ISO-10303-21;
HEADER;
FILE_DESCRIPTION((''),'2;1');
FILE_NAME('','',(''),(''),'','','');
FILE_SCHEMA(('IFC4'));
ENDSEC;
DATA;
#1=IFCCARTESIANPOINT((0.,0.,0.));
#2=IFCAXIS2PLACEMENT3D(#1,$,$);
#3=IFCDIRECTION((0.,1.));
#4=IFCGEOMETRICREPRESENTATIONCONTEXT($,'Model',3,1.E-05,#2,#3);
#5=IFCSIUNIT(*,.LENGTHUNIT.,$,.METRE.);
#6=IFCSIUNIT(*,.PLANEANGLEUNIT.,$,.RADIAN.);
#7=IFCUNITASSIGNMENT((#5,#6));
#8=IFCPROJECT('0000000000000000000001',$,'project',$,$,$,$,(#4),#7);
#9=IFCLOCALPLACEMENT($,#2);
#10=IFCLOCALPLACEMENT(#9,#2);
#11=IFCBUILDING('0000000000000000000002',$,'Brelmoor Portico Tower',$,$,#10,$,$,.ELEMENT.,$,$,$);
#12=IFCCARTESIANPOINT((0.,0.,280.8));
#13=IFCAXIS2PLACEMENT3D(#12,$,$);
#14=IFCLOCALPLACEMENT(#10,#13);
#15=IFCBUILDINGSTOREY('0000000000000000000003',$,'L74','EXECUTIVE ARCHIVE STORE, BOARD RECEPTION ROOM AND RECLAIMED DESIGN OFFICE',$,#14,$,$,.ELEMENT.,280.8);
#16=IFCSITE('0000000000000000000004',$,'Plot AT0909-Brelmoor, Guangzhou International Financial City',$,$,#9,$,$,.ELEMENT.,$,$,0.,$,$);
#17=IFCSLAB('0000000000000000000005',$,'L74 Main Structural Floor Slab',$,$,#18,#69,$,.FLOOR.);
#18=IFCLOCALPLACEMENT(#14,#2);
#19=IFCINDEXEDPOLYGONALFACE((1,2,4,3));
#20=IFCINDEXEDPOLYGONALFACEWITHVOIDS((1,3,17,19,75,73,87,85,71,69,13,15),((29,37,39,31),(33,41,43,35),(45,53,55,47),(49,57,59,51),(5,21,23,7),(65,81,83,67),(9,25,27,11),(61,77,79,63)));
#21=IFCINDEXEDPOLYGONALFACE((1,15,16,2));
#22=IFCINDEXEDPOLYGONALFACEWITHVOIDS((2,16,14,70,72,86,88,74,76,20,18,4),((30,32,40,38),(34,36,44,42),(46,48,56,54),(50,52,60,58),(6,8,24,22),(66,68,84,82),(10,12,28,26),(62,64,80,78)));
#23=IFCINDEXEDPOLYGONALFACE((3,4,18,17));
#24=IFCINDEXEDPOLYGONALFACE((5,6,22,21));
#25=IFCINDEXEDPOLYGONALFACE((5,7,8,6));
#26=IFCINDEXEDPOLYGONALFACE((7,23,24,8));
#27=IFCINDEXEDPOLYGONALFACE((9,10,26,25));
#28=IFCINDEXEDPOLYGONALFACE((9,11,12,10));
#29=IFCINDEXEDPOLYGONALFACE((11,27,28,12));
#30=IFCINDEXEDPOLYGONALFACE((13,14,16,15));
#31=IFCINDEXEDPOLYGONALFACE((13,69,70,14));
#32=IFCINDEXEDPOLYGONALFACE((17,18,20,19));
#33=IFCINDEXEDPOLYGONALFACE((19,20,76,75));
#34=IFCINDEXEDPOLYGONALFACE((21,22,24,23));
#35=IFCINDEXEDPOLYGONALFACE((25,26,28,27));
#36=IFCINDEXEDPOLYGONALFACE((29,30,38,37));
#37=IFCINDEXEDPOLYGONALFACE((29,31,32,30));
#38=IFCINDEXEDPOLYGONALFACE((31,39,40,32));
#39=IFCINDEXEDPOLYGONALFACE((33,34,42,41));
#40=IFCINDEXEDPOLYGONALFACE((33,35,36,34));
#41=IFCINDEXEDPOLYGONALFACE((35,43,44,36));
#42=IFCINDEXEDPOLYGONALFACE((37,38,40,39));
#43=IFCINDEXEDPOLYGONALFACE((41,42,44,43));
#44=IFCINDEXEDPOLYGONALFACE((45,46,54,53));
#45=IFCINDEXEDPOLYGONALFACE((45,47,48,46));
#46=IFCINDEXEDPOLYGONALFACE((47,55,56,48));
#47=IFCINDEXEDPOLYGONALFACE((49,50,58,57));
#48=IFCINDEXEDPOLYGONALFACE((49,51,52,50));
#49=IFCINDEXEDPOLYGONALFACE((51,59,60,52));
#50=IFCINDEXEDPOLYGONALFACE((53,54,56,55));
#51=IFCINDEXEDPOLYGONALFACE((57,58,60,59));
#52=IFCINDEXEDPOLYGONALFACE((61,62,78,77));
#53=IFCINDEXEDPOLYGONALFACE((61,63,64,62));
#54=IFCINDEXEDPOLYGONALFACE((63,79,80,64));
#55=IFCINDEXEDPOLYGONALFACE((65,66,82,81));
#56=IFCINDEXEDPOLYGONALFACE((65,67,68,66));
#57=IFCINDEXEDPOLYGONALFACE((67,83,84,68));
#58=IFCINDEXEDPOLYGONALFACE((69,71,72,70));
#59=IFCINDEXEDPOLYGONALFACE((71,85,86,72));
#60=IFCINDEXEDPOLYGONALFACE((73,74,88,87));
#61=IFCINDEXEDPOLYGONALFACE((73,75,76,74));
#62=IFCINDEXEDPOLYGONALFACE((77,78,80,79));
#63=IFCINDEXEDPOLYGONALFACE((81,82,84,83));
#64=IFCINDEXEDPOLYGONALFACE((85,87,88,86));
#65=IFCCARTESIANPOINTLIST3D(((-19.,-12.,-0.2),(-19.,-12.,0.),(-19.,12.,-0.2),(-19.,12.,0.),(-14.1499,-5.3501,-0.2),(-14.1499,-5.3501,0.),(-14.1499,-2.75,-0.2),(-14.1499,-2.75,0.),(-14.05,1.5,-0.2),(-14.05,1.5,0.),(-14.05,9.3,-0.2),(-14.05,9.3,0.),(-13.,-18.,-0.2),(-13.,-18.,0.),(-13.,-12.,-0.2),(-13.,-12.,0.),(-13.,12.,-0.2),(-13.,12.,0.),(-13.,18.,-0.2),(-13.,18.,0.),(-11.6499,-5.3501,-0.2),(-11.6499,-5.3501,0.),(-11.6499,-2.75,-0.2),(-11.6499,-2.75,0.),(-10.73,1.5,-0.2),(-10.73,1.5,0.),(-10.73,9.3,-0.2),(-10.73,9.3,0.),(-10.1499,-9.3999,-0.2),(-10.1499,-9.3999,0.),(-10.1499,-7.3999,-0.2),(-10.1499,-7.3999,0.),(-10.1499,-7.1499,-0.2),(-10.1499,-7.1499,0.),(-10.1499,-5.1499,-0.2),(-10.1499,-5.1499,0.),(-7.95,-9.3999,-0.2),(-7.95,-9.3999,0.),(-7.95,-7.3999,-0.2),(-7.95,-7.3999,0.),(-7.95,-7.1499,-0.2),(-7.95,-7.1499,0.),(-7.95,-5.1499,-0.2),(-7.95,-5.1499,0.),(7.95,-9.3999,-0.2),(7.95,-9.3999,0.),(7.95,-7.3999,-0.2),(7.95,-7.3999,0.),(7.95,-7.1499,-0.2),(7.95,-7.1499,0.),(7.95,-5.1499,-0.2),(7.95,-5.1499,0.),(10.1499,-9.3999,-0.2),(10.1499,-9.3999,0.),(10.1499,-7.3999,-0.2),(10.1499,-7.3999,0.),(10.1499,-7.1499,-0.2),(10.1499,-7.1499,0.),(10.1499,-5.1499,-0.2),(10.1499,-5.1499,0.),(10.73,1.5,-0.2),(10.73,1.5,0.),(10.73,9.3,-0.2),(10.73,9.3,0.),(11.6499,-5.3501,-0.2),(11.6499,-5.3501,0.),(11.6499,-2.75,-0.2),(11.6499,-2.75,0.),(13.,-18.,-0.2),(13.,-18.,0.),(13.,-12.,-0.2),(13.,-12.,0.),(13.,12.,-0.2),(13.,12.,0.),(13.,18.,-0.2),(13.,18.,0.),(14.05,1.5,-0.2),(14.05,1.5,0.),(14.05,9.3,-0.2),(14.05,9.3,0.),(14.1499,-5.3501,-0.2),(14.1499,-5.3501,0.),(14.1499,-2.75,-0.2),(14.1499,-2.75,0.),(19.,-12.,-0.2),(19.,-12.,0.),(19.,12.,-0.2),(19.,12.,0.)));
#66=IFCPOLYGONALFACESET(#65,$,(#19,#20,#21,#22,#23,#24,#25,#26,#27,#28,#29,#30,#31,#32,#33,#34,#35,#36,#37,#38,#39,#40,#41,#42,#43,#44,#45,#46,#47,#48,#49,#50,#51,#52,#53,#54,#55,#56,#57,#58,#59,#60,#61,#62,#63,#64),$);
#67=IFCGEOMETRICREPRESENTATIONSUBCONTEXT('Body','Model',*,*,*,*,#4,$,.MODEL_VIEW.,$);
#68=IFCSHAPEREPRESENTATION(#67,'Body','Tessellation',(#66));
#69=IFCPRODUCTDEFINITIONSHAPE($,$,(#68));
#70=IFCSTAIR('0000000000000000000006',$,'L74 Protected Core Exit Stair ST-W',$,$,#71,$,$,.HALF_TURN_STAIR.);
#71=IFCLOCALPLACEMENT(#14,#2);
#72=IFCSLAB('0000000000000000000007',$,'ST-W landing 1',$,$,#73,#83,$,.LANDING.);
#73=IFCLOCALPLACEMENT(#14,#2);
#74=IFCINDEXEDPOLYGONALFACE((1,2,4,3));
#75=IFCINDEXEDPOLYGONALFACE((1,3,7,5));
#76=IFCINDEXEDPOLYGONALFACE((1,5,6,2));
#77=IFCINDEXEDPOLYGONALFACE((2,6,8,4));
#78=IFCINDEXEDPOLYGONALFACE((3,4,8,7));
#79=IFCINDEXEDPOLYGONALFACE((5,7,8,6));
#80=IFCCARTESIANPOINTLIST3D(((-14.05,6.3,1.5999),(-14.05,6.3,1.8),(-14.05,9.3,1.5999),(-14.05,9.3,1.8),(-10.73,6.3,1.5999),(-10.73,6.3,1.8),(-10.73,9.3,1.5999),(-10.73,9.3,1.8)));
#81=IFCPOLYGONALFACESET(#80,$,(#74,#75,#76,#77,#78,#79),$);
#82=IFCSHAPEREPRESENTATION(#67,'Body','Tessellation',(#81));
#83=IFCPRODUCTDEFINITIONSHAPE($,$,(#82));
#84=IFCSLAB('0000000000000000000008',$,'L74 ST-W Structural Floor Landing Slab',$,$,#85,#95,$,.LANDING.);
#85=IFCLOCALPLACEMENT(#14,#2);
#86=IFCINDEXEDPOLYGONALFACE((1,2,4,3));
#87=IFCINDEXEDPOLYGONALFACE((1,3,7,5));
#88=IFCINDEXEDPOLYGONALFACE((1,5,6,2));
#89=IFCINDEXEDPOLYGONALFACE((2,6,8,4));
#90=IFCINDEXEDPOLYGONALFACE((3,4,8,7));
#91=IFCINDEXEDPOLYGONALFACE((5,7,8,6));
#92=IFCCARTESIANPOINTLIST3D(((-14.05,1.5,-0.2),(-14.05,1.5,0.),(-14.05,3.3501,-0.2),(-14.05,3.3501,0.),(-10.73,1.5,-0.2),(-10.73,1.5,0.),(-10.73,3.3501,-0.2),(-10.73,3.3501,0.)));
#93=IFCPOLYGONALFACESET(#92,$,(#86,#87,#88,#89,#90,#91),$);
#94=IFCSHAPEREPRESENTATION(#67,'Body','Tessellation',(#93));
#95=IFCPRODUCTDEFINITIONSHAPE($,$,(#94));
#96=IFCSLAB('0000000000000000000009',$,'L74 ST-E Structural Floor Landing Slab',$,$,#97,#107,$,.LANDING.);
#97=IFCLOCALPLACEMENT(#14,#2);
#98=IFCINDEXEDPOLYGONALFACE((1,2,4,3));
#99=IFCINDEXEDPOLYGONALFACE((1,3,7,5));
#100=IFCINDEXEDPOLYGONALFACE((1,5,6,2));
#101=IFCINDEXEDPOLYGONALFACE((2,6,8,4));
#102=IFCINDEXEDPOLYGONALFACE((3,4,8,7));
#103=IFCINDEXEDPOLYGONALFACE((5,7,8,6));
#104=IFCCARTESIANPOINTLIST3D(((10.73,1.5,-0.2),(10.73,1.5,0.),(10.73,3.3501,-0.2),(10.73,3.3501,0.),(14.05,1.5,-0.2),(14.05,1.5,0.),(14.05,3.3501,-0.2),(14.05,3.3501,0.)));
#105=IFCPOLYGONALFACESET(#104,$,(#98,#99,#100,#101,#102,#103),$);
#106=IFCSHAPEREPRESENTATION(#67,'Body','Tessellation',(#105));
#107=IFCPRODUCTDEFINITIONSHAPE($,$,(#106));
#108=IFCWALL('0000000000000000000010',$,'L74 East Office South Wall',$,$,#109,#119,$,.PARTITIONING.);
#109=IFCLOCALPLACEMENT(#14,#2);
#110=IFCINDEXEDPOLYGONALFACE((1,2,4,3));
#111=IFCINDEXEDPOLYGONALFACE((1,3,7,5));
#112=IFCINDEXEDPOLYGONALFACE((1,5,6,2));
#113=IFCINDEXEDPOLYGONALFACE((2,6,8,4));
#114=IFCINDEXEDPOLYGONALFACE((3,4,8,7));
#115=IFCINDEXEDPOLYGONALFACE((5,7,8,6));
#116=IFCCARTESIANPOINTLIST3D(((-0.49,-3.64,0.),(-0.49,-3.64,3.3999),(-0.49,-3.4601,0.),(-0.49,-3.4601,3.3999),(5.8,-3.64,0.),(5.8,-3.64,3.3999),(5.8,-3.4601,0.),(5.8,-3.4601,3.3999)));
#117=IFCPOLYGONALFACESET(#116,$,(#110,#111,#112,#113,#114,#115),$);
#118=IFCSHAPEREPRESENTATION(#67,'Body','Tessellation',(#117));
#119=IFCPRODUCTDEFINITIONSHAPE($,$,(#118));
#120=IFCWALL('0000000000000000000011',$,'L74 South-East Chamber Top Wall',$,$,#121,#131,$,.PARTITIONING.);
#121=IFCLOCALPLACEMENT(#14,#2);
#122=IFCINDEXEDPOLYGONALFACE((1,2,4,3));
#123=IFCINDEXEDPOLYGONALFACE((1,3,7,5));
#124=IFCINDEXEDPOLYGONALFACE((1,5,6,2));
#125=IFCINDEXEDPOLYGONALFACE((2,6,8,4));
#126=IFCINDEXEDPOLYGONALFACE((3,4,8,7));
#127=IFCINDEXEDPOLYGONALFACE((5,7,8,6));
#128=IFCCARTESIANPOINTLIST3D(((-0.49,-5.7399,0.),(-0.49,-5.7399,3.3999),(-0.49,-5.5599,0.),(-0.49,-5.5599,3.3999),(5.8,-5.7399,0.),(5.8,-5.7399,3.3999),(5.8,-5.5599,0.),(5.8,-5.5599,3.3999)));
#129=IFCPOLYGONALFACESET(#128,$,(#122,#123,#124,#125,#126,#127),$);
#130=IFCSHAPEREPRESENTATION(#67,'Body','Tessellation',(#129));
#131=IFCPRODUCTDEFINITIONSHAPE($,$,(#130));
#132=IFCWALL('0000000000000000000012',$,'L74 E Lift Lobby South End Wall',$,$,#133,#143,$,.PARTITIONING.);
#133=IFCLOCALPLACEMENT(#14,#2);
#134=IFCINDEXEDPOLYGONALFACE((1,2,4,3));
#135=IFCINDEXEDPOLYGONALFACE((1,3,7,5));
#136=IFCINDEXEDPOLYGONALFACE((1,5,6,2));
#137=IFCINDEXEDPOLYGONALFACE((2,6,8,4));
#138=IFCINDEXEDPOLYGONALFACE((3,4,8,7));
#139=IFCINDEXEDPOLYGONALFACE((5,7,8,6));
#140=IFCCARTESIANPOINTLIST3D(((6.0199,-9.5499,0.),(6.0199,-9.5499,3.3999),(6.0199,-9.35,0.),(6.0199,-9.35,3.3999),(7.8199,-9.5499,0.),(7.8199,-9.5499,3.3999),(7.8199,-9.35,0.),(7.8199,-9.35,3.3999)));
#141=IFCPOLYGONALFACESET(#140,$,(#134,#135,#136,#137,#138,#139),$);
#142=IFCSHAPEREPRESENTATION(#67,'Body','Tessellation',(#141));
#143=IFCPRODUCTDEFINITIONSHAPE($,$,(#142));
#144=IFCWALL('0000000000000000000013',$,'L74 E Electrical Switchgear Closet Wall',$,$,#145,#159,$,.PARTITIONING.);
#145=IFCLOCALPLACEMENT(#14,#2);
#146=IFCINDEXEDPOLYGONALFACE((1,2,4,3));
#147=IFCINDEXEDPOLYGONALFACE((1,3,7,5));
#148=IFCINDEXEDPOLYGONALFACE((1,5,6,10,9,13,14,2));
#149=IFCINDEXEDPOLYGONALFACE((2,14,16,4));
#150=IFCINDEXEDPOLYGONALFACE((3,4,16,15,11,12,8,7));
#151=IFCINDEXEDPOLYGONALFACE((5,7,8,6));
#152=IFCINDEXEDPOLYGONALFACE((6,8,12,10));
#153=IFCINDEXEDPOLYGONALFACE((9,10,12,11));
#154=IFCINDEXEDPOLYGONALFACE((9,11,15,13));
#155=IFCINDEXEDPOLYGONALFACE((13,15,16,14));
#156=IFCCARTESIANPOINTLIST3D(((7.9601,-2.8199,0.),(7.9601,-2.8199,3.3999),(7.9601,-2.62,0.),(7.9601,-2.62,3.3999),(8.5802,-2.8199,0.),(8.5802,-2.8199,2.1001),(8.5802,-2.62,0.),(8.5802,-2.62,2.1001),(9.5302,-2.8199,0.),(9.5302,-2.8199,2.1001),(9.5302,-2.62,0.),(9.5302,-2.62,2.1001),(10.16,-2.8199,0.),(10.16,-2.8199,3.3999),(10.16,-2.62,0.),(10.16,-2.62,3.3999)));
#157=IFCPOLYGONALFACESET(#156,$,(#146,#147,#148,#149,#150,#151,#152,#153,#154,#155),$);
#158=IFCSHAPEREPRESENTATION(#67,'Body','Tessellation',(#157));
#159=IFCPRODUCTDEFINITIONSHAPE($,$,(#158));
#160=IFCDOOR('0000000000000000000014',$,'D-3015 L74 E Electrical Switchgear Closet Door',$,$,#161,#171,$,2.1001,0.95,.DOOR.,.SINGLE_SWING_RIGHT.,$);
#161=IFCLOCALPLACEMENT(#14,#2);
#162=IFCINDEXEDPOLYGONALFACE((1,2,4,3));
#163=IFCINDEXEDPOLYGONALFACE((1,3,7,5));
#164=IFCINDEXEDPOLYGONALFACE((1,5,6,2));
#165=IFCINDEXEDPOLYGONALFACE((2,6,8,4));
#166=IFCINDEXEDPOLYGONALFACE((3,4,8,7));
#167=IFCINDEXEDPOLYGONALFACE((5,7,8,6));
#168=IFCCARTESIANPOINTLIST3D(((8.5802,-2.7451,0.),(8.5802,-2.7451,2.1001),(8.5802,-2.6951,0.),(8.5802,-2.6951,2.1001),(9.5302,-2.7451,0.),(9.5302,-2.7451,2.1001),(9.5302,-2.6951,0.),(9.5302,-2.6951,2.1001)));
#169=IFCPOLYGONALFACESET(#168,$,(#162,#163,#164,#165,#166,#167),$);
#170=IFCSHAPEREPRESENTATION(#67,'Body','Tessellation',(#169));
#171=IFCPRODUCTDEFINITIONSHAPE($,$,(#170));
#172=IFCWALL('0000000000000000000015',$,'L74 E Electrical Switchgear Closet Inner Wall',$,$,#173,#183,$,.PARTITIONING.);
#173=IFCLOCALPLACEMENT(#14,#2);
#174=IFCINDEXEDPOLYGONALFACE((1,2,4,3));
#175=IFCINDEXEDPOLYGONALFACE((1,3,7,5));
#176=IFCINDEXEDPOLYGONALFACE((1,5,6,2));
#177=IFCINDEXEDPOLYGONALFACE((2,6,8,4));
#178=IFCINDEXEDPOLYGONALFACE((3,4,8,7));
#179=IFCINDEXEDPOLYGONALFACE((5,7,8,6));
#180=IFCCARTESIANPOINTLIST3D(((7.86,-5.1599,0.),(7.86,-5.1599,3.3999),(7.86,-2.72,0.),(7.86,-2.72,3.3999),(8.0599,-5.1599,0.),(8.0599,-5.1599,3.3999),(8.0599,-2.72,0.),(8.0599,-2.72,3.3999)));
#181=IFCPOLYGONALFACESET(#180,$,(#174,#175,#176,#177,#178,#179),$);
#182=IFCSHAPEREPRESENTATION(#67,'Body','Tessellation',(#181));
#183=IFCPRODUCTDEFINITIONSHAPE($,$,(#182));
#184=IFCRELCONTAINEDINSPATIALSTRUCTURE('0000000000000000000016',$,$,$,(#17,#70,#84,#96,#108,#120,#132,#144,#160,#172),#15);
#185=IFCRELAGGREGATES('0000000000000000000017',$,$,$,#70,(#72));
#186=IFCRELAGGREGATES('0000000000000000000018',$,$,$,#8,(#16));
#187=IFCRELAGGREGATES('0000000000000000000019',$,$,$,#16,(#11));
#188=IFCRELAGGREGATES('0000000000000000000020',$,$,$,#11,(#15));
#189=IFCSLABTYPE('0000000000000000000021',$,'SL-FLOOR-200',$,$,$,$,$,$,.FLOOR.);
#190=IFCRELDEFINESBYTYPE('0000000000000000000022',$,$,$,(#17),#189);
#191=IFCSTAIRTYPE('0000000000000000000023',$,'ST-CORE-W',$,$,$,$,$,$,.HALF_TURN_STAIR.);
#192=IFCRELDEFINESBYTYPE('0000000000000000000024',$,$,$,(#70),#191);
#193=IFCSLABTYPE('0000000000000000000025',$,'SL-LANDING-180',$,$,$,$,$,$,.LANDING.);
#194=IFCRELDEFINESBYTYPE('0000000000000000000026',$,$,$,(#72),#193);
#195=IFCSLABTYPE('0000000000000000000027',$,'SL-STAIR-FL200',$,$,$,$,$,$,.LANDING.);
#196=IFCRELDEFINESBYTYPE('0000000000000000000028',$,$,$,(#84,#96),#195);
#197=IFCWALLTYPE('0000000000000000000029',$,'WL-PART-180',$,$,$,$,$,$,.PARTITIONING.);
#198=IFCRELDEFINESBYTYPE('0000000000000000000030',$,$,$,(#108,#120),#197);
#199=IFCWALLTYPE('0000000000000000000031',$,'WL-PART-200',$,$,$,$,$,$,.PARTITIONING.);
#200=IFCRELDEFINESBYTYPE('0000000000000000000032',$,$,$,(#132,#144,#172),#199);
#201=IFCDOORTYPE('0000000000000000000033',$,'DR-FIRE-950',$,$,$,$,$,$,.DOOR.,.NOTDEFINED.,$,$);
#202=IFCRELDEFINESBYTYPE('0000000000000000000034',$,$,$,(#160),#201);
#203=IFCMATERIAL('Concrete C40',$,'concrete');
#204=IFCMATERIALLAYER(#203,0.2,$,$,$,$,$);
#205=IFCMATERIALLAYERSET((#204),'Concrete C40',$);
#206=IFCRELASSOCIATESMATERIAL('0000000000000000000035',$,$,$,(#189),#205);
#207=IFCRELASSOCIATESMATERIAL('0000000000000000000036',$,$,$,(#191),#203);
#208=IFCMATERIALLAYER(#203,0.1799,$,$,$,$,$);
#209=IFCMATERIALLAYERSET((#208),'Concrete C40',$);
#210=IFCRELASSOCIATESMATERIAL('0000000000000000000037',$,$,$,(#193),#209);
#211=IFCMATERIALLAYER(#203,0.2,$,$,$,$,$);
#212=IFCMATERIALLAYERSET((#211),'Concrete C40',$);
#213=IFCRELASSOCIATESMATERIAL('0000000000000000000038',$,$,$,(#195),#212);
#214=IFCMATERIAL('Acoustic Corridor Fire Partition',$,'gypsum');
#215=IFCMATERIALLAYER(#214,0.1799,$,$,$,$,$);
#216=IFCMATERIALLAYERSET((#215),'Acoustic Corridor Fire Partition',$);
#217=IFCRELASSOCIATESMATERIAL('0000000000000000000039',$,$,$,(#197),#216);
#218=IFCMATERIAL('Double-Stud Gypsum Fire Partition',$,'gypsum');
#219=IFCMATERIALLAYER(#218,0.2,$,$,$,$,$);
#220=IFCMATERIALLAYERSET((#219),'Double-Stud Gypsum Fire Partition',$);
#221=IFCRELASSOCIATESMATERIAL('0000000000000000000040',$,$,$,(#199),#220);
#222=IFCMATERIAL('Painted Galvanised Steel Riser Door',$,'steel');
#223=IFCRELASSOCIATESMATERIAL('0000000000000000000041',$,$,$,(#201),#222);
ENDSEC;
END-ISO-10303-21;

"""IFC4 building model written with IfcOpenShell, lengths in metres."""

from ifc_helpers import new_model, si_unit, direction, frame, frame_2d, origin, place, context, subcontext, project, spatial, polyline, rectangle, outline, extrude, material, layer, layer_set, type_object, element, fill, aggregate, save


model = new_model("IFC4")

# Units and contexts
model_context = context("Model", 3, precision=1e-05, world=origin(), true_north=direction((0.0, 1.0)))
body_context = subcontext(model_context, "Body", "Model", "MODEL_VIEW")
ifc_project = project(units=[si_unit("LENGTHUNIT", "METRE"), si_unit("PLANEANGLEUNIT", "RADIAN")], contexts=[model_context])

# Site, building, storey
site_placement = place(None, origin())
site = spatial("IfcSite", under=ifc_project, at=site_placement, Name="Plot AT0909-Brelmoor, Guangzhou International Financial City", CompositionType="ELEMENT", RefElevation=0.0)
building_placement = place(site_placement, origin())
building = spatial("IfcBuilding", under=site, at=building_placement, Name="Brelmoor Portico Tower", CompositionType="ELEMENT")
storey_placement = place(building_placement, frame((0.0, 0.0, 280.8)))
storey = spatial("IfcBuildingStorey", under=building, at=storey_placement, Name="L74", Description="EXECUTIVE ARCHIVE STORE, BOARD RECEPTION ROOM AND RECLAIMED DESIGN OFFICE", CompositionType="ELEMENT", Elevation=280.8)

# Slab
ifc_material_1 = material(Name="Concrete C40", Category="concrete")
ifc_layer_1 = layer(ifc_material_1, 0.2)
ifc_layer_set_1 = layer_set([ifc_layer_1], Name="Concrete C40")
slab_type_1 = type_object("IfcSlabType", Name="SL-FLOOR-200", PredefinedType="FLOOR", material=ifc_layer_set_1)
slab_1_placement = place(storey_placement, frame((0.0, 0.0, -0.2)))
element("IfcSlab", 1, at=slab_1_placement, inside=storey, type_object=slab_type_1, Name="L74 Main Structural Floor Slab", PredefinedType="FLOOR", context=body_context, shape_type="SweptSolid", body=[
    extrude(outline(polyline([(-13.0, -18.0), (13.0, -18.0), (13.0, -12.0), (19.0, -12.0), (19.0, 12.0), (13.0, 12.0), (13.0, 18.0), (-13.0, 18.0), (-13.0, 12.0), (-19.0, 12.0), (-19.0, -12.0), (-13.0, -12.0), (-13.0, -18.0)]), holes=[polyline([(-10.73, 1.5), (-10.73, 9.3), (-14.05, 9.3), (-14.05, 1.5), (-10.73, 1.5)]), polyline([(14.05, 1.5), (14.05, 9.3), (10.73, 9.3), (10.73, 1.5), (14.05, 1.5)]), polyline([(-10.1499, -9.3999), (-7.95, -9.3999), (-7.95, -7.3999), (-10.1499, -7.3999), (-10.1499, -9.3999)]), polyline([(-10.1499, -7.1499), (-7.95, -7.1499), (-7.95, -5.1499), (-10.1499, -5.1499), (-10.1499, -7.1499)]), polyline([(7.95, -9.3999), (10.1499, -9.3999), (10.1499, -7.3999), (7.95, -7.3999), (7.95, -9.3999)]), polyline([(7.95, -7.1499), (10.1499, -7.1499), (10.1499, -5.1499), (7.95, -5.1499), (7.95, -7.1499)]), polyline([(-14.1499, -5.3501), (-11.6499, -5.3501), (-11.6499, -2.75), (-14.1499, -2.75), (-14.1499, -5.3501)]), polyline([(11.6499, -5.3501), (14.1499, -5.3501), (14.1499, -2.75), (11.6499, -2.75), (11.6499, -5.3501)])]), origin(), (0.0, 0.0, 1.0), 0.2),
])

# Stair, slab
stair_type = type_object("IfcStairType", Name="ST-CORE-W", PredefinedType="HALF_TURN_STAIR", material=ifc_material_1)
stair_placement = place(storey_placement, origin())
stair = element("IfcStair", 2, at=stair_placement, inside=storey, type_object=stair_type, Name="L74 Protected Core Exit Stair ST-W", PredefinedType="HALF_TURN_STAIR")
ifc_layer_2 = layer(ifc_material_1, 0.1799)
ifc_layer_set_2 = layer_set([ifc_layer_2], Name="Concrete C40")
slab_type_2 = type_object("IfcSlabType", Name="SL-LANDING-180", PredefinedType="LANDING", material=ifc_layer_set_2)
slab_2_placement = place(storey_placement, frame((0.0, 0.0, 1.5999)))
slab_2 = element("IfcSlab", 3, at=slab_2_placement, type_object=slab_type_2, Name="ST-W landing 1", PredefinedType="LANDING", context=body_context, shape_type="SweptSolid", body=[
    extrude(outline(polyline([(-10.73, 6.3), (-10.73, 9.3), (-14.05, 9.3), (-14.05, 6.3), (-10.73, 6.3)])), origin(), (0.0, 0.0, 1.0), 0.2002),
])
aggregate(stair, [slab_2])

# Slabs
ifc_layer_3 = layer(ifc_material_1, 0.2)
ifc_layer_set_3 = layer_set([ifc_layer_3], Name="Concrete C40")
slab_type_3 = type_object("IfcSlabType", Name="SL-STAIR-FL200", PredefinedType="LANDING", material=ifc_layer_set_3)
slab_3_placement = place(storey_placement, frame((0.0, 0.0, -0.2)))
element("IfcSlab", 4, at=slab_3_placement, inside=storey, type_object=slab_type_3, Name="L74 ST-W Structural Floor Landing Slab", PredefinedType="LANDING", context=body_context, shape_type="SweptSolid", body=[
    extrude(outline(polyline([(-10.73, 1.5), (-10.73, 3.3501), (-14.05, 3.3501), (-14.05, 1.5), (-10.73, 1.5)])), origin(), (0.0, 0.0, 1.0), 0.2),
])
slab_4_placement = place(storey_placement, frame((0.0, 0.0, -0.2)))
element("IfcSlab", 5, at=slab_4_placement, inside=storey, type_object=slab_type_3, Name="L74 ST-E Structural Floor Landing Slab", PredefinedType="LANDING", context=body_context, shape_type="SweptSolid", body=[
    extrude(outline(polyline([(14.05, 1.5), (14.05, 3.3501), (10.73, 3.3501), (10.73, 1.5), (14.05, 1.5)])), origin(), (0.0, 0.0, 1.0), 0.2),
])

# Walls
ifc_material_2 = material(Name="Acoustic Corridor Fire Partition", Category="gypsum")
ifc_layer_4 = layer(ifc_material_2, 0.1799)
ifc_layer_set_4 = layer_set([ifc_layer_4], Name="Acoustic Corridor Fire Partition")
wall_type_1 = type_object("IfcWallType", Name="WL-PART-180", PredefinedType="PARTITIONING", material=ifc_layer_set_4)
for number, where, z_axis, x_axis, name in (
    (6, (-0.49, -3.55, 0.0), (0.0, 0.0, 1.0), (1.0, 0.0, 0.0), "L74 East Office South Wall"),
    (7, (-0.49, -5.6499, 0.0), (0.0, 0.0, 1.0), (1.0, 0.0, 0.0), "L74 South-East Chamber Top Wall"),
):
    element("IfcWall", number, at=place(storey_placement, frame(where, z_axis=z_axis, x_axis=x_axis)), inside=storey, type_object=wall_type_1, Name=name, PredefinedType="PARTITIONING", context=body_context, shape_type="SweptSolid", body=[
        extrude(rectangle(XDim=6.29, YDim=0.1799, at=frame_2d((3.145, 0.0))), origin(), (0.0, 0.0, 1.0), 3.3999),
    ])
ifc_material_3 = material(Name="Double-Stud Gypsum Fire Partition", Category="gypsum")
ifc_layer_5 = layer(ifc_material_3, 0.2)
ifc_layer_set_5 = layer_set([ifc_layer_5], Name="Double-Stud Gypsum Fire Partition")
wall_type_2 = type_object("IfcWallType", Name="WL-PART-200", PredefinedType="PARTITIONING", material=ifc_layer_set_5)
wall_1_placement = place(storey_placement, frame((6.02, -9.45, 0.0), z_axis=(0.0, 0.0, 1.0), x_axis=(1.0, 0.0, 0.0)))
element("IfcWall", 8, at=wall_1_placement, inside=storey, type_object=wall_type_2, Name="L74 E Lift Lobby South End Wall", PredefinedType="PARTITIONING", context=body_context, shape_type="SweptSolid", body=[
    extrude(rectangle(XDim=1.8, YDim=0.2, at=frame_2d((0.8999, 0.0))), origin(), (0.0, 0.0, 1.0), 3.3999),
])

# Wall, opening, door
wall_2_placement = place(storey_placement, frame((7.96, -2.72, 0.0), z_axis=(0.0, 0.0, 1.0), x_axis=(1.0, 0.0, 0.0)))
wall_2 = element("IfcWall", 9, at=wall_2_placement, inside=storey, type_object=wall_type_2, Name="L74 E Electrical Switchgear Closet Wall", PredefinedType="PARTITIONING", context=body_context, shape_type="SweptSolid", body=[
    extrude(rectangle(XDim=2.2, YDim=0.2, at=frame_2d((1.1001, 0.0))), origin(), (0.0, 0.0, 1.0), 3.3999),
])
opening_1_placement = place(wall_2_placement, frame((0.6201, 0.0, 0.0)))
opening_1 = element("IfcOpeningElement", 10, at=opening_1_placement, cuts=wall_2, PredefinedType="OPENING", context=body_context, shape_type="SweptSolid", body=[
    extrude(rectangle(XDim=0.95, YDim=2.1001, at=frame_2d((0.4751, 1.05))), frame((0.0, 0.1099, 0.0), z_axis=(0.0, -1.0, 0.0), x_axis=(1.0, 0.0, 0.0)), (0.0, 0.0, 1.0), 0.22),
])
ifc_material_4 = material(Name="Painted Galvanised Steel Riser Door", Category="steel")
door_type_1 = type_object("IfcDoorType", Name="DR-FIRE-950", OperationType="NOTDEFINED", PredefinedType="DOOR", material=ifc_material_4)
door_1_placement = place(opening_1_placement, origin())
door_1 = element("IfcDoor", 11, at=door_1_placement, inside=storey, type_object=door_type_1, Name="D-3015 L74 E Electrical Switchgear Closet Door", OperationType="SINGLE_SWING_RIGHT", OverallHeight=2.1001, OverallWidth=0.95, PredefinedType="DOOR", context=body_context, shape_type="SweptSolid", body=[
    extrude(rectangle(XDim=0.95, YDim=2.1001, at=frame_2d((0.4751, 1.05))), frame((0.0, 0.0249, 0.0), z_axis=(0.0, -1.0, 0.0), x_axis=(1.0, 0.0, 0.0)), (0.0, 0.0, 1.0), 0.05),
])
fill(opening_1, door_1)

# Wall
for number, where, z_axis, x_axis, name in (
    (12, (7.96, -5.1599, 0.0), (0.0, 0.0, 1.0), (0.0, 1.0, 0.0), "L74 E Electrical Switchgear Closet Inner Wall"),
):
    element("IfcWall", number, at=place(storey_placement, frame(where, z_axis=z_axis, x_axis=x_axis)), inside=storey, type_object=wall_type_2, Name=name, PredefinedType="PARTITIONING", context=body_context, shape_type="SweptSolid", body=[
        extrude(rectangle(XDim=2.4399, YDim=0.2, at=frame_2d((1.22, 0.0))), origin(), (0.0, 0.0, 1.0), 3.3999),
    ])

save(model, "model.ifc")
